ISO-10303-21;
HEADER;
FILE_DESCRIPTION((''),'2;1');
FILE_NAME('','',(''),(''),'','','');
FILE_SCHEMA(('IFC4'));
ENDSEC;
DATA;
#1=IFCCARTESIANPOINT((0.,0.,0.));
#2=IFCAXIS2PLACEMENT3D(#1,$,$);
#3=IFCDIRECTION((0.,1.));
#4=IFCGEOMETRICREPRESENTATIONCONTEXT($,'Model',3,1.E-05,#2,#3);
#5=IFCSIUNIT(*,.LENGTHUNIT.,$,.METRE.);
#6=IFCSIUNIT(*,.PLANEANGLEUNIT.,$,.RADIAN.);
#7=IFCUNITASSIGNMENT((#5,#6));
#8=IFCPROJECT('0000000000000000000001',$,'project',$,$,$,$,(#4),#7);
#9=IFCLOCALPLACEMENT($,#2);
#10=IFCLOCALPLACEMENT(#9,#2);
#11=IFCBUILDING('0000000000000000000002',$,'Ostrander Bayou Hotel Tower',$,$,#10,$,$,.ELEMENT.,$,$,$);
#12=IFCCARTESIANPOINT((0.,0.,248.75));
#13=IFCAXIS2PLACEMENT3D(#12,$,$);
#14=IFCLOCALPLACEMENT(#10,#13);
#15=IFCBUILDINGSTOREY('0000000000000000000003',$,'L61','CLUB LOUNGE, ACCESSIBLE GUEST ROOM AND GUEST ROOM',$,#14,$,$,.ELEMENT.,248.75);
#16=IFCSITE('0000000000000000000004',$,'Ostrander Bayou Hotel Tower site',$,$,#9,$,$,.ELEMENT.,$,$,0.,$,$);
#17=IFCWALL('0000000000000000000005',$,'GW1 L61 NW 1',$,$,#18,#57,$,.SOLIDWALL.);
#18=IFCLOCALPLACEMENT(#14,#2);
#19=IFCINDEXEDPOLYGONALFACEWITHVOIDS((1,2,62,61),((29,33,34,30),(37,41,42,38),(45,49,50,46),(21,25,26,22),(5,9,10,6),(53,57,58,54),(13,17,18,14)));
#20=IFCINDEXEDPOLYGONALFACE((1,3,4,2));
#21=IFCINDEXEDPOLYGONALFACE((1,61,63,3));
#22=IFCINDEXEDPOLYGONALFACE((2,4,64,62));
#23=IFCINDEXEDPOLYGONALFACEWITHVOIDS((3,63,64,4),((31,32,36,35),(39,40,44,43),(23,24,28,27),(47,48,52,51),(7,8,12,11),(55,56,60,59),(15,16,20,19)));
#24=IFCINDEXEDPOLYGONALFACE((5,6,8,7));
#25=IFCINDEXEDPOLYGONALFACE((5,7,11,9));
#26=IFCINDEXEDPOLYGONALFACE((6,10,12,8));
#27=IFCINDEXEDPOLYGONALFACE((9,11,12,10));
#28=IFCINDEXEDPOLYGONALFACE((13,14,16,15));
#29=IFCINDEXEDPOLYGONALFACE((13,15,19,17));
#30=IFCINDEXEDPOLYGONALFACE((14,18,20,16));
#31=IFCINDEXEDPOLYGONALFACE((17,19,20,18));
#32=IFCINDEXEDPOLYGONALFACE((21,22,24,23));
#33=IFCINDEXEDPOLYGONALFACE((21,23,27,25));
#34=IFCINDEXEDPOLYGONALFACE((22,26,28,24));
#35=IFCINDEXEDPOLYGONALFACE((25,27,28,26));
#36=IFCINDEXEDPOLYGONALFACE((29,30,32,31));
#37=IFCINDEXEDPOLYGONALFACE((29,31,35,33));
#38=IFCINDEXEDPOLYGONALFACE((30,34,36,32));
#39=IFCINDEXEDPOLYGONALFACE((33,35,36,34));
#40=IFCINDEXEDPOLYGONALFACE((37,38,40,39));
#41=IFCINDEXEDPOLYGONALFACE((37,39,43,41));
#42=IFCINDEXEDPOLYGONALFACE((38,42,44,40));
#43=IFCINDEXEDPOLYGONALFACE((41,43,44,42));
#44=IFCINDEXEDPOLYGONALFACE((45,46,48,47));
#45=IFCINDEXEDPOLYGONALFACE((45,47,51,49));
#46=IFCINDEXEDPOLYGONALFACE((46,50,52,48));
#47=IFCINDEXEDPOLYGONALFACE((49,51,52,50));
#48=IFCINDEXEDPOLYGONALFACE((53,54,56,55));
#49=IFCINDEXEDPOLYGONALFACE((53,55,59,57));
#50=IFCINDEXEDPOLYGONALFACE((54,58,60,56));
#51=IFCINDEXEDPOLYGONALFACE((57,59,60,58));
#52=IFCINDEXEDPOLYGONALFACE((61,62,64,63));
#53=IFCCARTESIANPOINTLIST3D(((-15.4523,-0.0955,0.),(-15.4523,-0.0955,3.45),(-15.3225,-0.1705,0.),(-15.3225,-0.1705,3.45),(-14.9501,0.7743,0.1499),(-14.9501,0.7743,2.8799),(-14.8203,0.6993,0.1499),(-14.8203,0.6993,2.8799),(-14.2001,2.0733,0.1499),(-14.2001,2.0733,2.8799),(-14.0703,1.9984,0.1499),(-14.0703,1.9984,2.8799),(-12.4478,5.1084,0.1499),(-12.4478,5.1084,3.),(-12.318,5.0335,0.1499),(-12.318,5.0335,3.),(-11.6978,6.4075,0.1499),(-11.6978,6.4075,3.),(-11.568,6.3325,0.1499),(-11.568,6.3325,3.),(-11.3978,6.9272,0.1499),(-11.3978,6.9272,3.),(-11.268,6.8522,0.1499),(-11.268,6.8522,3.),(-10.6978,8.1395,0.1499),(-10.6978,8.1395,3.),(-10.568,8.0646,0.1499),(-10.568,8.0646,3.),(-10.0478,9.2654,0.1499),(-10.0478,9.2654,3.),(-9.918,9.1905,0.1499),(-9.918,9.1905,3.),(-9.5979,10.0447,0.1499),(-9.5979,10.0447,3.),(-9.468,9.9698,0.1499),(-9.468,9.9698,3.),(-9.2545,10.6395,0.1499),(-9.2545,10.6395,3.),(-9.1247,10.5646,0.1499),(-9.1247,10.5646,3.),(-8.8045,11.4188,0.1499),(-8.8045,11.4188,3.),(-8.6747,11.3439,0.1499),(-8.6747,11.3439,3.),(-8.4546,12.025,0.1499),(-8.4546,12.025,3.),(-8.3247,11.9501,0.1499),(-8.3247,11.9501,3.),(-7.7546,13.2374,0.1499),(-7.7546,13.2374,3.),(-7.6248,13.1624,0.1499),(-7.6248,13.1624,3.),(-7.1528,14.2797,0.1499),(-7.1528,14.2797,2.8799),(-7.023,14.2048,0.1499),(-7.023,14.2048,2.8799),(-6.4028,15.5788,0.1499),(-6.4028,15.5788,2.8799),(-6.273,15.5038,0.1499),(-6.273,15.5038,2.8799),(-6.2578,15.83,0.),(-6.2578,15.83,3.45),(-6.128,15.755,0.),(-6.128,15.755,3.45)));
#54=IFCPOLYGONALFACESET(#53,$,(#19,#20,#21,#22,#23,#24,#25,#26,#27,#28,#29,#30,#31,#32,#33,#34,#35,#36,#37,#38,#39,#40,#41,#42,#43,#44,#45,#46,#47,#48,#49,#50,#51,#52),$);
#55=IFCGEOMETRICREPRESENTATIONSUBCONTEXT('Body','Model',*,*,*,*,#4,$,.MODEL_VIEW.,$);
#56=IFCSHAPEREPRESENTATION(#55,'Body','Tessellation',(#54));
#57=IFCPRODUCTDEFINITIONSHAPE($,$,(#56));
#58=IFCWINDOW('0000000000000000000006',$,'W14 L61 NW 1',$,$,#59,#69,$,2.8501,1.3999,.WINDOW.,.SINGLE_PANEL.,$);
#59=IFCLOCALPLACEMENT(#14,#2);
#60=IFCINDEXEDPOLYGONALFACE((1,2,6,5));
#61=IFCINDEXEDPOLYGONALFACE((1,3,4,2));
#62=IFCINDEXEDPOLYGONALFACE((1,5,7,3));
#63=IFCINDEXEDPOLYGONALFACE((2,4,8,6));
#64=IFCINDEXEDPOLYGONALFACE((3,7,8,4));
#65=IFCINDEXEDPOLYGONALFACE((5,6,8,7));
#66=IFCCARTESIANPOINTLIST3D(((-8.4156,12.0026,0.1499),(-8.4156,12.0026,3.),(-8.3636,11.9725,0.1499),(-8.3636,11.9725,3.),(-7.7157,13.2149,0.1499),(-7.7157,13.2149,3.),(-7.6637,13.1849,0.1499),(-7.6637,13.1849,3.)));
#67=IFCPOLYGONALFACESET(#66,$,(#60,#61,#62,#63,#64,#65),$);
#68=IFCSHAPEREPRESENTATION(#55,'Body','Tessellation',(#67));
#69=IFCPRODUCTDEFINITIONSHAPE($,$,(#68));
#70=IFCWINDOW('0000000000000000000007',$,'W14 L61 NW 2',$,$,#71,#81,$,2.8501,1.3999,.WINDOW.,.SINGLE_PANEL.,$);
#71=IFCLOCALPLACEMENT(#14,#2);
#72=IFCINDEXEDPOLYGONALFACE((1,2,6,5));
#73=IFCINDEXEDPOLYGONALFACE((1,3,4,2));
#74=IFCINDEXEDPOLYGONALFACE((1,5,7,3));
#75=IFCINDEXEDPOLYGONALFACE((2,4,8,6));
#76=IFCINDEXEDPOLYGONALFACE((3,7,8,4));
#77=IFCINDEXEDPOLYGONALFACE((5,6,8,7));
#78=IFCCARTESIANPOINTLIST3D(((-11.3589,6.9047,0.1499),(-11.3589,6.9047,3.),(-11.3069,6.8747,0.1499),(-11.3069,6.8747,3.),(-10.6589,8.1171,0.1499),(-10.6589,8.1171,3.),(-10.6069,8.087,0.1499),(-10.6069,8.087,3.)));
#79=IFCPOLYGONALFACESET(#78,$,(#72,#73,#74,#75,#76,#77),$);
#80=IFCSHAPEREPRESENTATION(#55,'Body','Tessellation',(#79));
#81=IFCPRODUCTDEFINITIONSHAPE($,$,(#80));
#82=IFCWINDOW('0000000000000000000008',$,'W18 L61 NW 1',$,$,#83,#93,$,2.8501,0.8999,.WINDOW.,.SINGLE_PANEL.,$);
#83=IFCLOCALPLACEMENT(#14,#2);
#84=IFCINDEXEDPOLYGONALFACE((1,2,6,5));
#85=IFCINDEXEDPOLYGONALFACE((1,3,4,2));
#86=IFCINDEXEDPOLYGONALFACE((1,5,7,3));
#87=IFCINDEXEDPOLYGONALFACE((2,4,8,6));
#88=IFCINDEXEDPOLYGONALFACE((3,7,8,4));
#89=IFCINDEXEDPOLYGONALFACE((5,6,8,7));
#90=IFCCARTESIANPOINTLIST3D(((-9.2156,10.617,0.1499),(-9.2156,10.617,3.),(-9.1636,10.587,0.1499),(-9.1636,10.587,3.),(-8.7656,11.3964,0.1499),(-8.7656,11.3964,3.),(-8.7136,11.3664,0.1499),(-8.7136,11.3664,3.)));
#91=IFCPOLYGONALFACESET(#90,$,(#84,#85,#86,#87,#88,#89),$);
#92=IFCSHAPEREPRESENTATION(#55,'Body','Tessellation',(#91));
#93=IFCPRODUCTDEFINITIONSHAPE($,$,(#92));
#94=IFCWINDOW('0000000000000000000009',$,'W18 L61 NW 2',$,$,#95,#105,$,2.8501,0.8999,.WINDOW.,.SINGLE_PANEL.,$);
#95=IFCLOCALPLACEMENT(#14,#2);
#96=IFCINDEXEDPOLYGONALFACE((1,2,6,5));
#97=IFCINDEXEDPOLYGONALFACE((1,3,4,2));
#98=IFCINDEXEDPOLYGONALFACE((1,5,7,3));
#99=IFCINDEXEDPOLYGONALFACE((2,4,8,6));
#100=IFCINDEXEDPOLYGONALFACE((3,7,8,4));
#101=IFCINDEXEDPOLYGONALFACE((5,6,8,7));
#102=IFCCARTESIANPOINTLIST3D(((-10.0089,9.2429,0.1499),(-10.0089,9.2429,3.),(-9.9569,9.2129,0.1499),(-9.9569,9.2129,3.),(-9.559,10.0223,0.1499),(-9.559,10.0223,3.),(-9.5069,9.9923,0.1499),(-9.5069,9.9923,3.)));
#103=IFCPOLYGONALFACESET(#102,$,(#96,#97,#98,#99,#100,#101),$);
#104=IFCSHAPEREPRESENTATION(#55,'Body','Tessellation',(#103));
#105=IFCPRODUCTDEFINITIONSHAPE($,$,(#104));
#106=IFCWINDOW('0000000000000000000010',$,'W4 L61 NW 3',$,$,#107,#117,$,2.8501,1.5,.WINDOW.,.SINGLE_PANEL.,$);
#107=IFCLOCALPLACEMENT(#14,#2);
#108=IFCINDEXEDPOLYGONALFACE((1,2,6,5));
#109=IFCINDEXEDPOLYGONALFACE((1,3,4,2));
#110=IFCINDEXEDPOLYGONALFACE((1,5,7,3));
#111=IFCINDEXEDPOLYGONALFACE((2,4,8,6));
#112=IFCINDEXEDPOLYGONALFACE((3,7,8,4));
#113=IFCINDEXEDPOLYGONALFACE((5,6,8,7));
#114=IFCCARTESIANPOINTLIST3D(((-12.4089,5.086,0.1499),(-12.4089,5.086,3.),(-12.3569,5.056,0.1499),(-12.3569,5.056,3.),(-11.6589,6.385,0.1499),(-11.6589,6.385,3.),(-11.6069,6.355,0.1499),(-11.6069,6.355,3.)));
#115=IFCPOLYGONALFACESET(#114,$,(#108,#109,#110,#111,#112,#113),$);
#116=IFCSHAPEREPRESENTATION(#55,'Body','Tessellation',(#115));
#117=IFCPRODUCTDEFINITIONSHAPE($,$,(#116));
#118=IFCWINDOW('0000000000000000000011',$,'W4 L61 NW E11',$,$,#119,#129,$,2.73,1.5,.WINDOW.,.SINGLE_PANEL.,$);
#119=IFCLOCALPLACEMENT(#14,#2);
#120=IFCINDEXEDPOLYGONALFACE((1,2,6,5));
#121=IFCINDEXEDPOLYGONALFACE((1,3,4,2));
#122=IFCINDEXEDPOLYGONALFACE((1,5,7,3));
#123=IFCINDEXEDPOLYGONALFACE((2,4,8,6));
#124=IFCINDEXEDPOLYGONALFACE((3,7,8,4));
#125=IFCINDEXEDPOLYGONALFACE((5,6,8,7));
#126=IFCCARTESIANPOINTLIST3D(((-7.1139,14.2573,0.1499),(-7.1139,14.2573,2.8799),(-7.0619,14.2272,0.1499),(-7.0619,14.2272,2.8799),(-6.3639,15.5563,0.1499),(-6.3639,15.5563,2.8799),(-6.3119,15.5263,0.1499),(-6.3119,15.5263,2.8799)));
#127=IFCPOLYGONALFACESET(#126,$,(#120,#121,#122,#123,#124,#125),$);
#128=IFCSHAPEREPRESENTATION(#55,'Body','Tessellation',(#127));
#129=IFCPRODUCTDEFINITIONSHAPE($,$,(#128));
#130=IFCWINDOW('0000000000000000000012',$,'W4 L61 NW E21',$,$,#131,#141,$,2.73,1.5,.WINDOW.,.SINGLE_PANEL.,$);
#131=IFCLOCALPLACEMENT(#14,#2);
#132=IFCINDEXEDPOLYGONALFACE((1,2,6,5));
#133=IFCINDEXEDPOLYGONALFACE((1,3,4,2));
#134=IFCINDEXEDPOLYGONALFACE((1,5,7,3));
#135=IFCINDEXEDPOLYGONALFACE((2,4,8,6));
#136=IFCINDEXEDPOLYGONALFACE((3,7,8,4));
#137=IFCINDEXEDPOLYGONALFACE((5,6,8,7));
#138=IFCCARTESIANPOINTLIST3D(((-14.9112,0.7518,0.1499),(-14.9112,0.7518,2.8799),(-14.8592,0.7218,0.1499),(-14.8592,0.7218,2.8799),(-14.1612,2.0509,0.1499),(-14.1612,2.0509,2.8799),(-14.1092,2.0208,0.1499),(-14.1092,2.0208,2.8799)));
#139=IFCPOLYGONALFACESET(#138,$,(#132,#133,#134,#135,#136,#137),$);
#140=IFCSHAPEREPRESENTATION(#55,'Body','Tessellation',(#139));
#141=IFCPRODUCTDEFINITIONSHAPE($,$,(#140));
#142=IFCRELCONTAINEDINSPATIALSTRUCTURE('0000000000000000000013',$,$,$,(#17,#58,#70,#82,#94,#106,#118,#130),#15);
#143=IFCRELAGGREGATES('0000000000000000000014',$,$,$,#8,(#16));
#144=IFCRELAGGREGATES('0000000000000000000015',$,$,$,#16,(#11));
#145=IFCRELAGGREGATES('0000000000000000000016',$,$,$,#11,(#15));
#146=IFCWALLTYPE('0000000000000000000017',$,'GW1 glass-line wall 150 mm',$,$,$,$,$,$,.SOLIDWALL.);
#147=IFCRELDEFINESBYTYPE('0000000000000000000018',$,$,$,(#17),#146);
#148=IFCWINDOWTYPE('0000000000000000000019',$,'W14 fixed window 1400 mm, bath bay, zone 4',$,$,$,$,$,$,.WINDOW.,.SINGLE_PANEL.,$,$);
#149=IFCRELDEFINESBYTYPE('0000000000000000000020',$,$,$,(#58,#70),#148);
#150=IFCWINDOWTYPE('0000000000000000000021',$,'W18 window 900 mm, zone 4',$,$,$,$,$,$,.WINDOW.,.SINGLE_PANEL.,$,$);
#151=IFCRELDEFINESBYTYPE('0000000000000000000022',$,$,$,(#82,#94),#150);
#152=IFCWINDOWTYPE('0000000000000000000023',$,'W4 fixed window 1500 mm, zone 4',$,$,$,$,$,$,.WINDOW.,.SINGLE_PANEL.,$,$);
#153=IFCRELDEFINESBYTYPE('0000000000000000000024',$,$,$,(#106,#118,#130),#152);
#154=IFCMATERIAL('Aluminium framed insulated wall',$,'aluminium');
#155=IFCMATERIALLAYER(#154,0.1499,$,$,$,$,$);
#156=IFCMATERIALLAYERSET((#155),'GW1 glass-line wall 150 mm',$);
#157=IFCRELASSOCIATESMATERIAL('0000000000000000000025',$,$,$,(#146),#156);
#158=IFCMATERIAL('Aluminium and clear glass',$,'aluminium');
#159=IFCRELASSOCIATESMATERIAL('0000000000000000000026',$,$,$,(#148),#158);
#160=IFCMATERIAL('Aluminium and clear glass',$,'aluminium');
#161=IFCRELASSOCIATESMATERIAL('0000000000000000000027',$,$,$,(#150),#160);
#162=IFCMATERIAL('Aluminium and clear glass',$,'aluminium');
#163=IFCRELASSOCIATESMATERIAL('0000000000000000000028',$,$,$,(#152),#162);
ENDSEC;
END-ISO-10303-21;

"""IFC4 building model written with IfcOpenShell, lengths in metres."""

from ifc_helpers import new_model, si_unit, direction, frame, frame_2d, origin, place, context, subcontext, project, spatial, rectangle, extrude, material, layer, layer_set, type_object, element, fill, save


model = new_model("IFC4")

# Units and contexts
model_context = context("Model", 3, precision=1e-05, world=origin(), true_north=direction((0.0, 1.0)))
body_context = subcontext(model_context, "Body", "Model", "MODEL_VIEW")
ifc_project = project(units=[si_unit("LENGTHUNIT", "METRE"), si_unit("PLANEANGLEUNIT", "RADIAN")], contexts=[model_context])

# Site, building, storey
site_placement = place(None, origin())
site = spatial("IfcSite", under=ifc_project, at=site_placement, Name="Ostrander Bayou Hotel Tower site", CompositionType="ELEMENT", RefElevation=0.0)
building_placement = place(site_placement, origin())
building = spatial("IfcBuilding", under=site, at=building_placement, Name="Ostrander Bayou Hotel Tower", CompositionType="ELEMENT")
storey_placement = place(building_placement, frame((0.0, 0.0, 248.75)))
storey = spatial("IfcBuildingStorey", under=building, at=storey_placement, Name="L61", Description="CLUB LOUNGE, ACCESSIBLE GUEST ROOM AND GUEST ROOM", CompositionType="ELEMENT", Elevation=248.75)

# Wall, openings, windows
ifc_material_1 = material(Name="Aluminium framed insulated wall", Category="aluminium")
ifc_layer_1 = layer(ifc_material_1, 0.1499)
ifc_layer_set_1 = layer_set([ifc_layer_1], Name="GW1 glass-line wall 150 mm")
wall_type_1 = type_object("IfcWallType", Name="GW1 glass-line wall 150 mm", PredefinedType="SOLIDWALL", material=ifc_layer_set_1)
wall_1_placement = place(storey_placement, frame((-6.1929, 15.7925, 0.0), z_axis=(0.0, 0.0, 1.0), x_axis=(-0.499999, -0.866026, 0.0)))
wall_1 = element("IfcWall", 1, at=wall_1_placement, inside=storey, type_object=wall_type_1, Name="GW1 L61 NW 1", PredefinedType="SOLIDWALL", context=body_context, shape_type="SweptSolid", body=[
    extrude(rectangle(XDim=18.3892, YDim=0.1499, at=frame_2d((9.1946, 0.0))), origin(), (0.0, 0.0, 1.0), 3.45),
])
opening_1_placement = place(wall_1_placement, frame((5.0935, 0.0, 0.1499)))
opening_1 = element("IfcOpeningElement", 2, at=opening_1_placement, cuts=wall_1, PredefinedType="OPENING", context=body_context, shape_type="SweptSolid", body=[
    extrude(rectangle(XDim=0.8999, YDim=2.8501, at=frame_2d((0.45, 1.425))), frame((0.0, 0.075, 0.0), z_axis=(0.0, -1.0, 0.0), x_axis=(1.0, 0.0, 0.0)), (0.0, 0.0, 1.0), 0.1499),
])
opening_2_placement = place(wall_1_placement, frame((2.9937, 0.0, 0.1499)))
opening_2 = element("IfcOpeningElement", 3, at=opening_2_placement, cuts=wall_1, PredefinedType="OPENING", context=body_context, shape_type="SweptSolid", body=[
    extrude(rectangle(XDim=1.3999, YDim=2.8501, at=frame_2d((0.7, 1.425))), frame((0.0, 0.075, 0.0), z_axis=(0.0, -1.0, 0.0), x_axis=(1.0, 0.0, 0.0)), (0.0, 0.0, 1.0), 0.1499),
])
opening_3_placement = place(wall_1_placement, frame((6.6802, 0.0, 0.1499)))
opening_3 = element("IfcOpeningElement", 4, at=opening_3_placement, cuts=wall_1, PredefinedType="OPENING", context=body_context, shape_type="SweptSolid", body=[
    extrude(rectangle(XDim=0.8999, YDim=2.8501, at=frame_2d((0.45, 1.425))), frame((0.0, 0.075, 0.0), z_axis=(0.0, -1.0, 0.0), x_axis=(1.0, 0.0, 0.0)), (0.0, 0.0, 1.0), 0.1499),
])
opening_4_placement = place(wall_1_placement, frame((8.8801, 0.0, 0.1499)))
opening_4 = element("IfcOpeningElement", 5, at=opening_4_placement, cuts=wall_1, PredefinedType="OPENING", context=body_context, shape_type="SweptSolid", body=[
    extrude(rectangle(XDim=1.3999, YDim=2.8501, at=frame_2d((0.7, 1.425))), frame((0.0, 0.075, 0.0), z_axis=(0.0, -1.0, 0.0), x_axis=(1.0, 0.0, 0.0)), (0.0, 0.0, 1.0), 0.1499),
])
opening_5_placement = place(wall_1_placement, frame((10.8801, 0.0, 0.1499)))
opening_5 = element("IfcOpeningElement", 6, at=opening_5_placement, cuts=wall_1, PredefinedType="OPENING", context=body_context, shape_type="SweptSolid", body=[
    extrude(rectangle(XDim=1.5, YDim=2.8501, at=frame_2d((0.75, 1.425))), frame((0.0, 0.075, 0.0), z_axis=(0.0, -1.0, 0.0), x_axis=(1.0, 0.0, 0.0)), (0.0, 0.0, 1.0), 0.1499),
])
opening_6_placement = place(wall_1_placement, frame((0.29, 0.0, 0.1499)))
opening_6 = element("IfcOpeningElement", 7, at=opening_6_placement, cuts=wall_1, PredefinedType="OPENING", context=body_context, shape_type="SweptSolid", body=[
    extrude(rectangle(XDim=1.5, YDim=2.73, at=frame_2d((0.75, 1.365))), frame((0.0, 0.075, 0.0), z_axis=(0.0, -1.0, 0.0), x_axis=(1.0, 0.0, 0.0)), (0.0, 0.0, 1.0), 0.1499),
])
opening_7_placement = place(wall_1_placement, frame((15.8848, 0.0, 0.1499)))
opening_7 = element("IfcOpeningElement", 8, at=opening_7_placement, cuts=wall_1, PredefinedType="OPENING", context=body_context, shape_type="SweptSolid", body=[
    extrude(rectangle(XDim=1.5, YDim=2.73, at=frame_2d((0.75, 1.365))), frame((0.0, 0.075, 0.0), z_axis=(0.0, -1.0, 0.0), x_axis=(1.0, 0.0, 0.0)), (0.0, 0.0, 1.0), 0.1499),
])
ifc_material_2 = material(Name="Aluminium and clear glass", Category="aluminium")
window_type_1 = type_object("IfcWindowType", Name="W14 fixed window 1400 mm, bath bay, zone 4", PartitioningType="SINGLE_PANEL", PredefinedType="WINDOW", material=ifc_material_2)
window_1_placement = place(opening_2_placement, origin())
window_1 = element("IfcWindow", 9, at=window_1_placement, inside=storey, type_object=window_type_1, Name="W14 L61 NW 1", OverallHeight=2.8501, OverallWidth=1.3999, PartitioningType="SINGLE_PANEL", PredefinedType="WINDOW", context=body_context, shape_type="SweptSolid", body=[
    extrude(rectangle(XDim=1.3999, YDim=2.8501, at=frame_2d((0.7, 1.425))), frame((0.0, 0.03, 0.0), z_axis=(0.0, -1.0, 0.0), x_axis=(1.0, 0.0, 0.0)), (0.0, 0.0, 1.0), 0.0601),
])
fill(opening_2, window_1)
window_2_placement = place(opening_4_placement, origin())
window_2 = element("IfcWindow", 10, at=window_2_placement, inside=storey, type_object=window_type_1, Name="W14 L61 NW 2", OverallHeight=2.8501, OverallWidth=1.3999, PartitioningType="SINGLE_PANEL", PredefinedType="WINDOW", context=body_context, shape_type="SweptSolid", body=[
    extrude(rectangle(XDim=1.3999, YDim=2.8501, at=frame_2d((0.7, 1.425))), frame((0.0, 0.03, 0.0), z_axis=(0.0, -1.0, 0.0), x_axis=(1.0, 0.0, 0.0)), (0.0, 0.0, 1.0), 0.0601),
])
fill(opening_4, window_2)
ifc_material_3 = material(Name="Aluminium and clear glass", Category="aluminium")
window_type_2 = type_object("IfcWindowType", Name="W18 window 900 mm, zone 4", PartitioningType="SINGLE_PANEL", PredefinedType="WINDOW", material=ifc_material_3)
window_3_placement = place(opening_1_placement, origin())
window_3 = element("IfcWindow", 11, at=window_3_placement, inside=storey, type_object=window_type_2, Name="W18 L61 NW 1", OverallHeight=2.8501, OverallWidth=0.8999, PartitioningType="SINGLE_PANEL", PredefinedType="WINDOW", context=body_context, shape_type="SweptSolid", body=[
    extrude(rectangle(XDim=0.8999, YDim=2.8501, at=frame_2d((0.45, 1.425))), frame((0.0, 0.03, 0.0), z_axis=(0.0, -1.0, 0.0), x_axis=(1.0, 0.0, 0.0)), (0.0, 0.0, 1.0), 0.0601),
])
fill(opening_1, window_3)
window_4_placement = place(opening_3_placement, origin())
window_4 = element("IfcWindow", 12, at=window_4_placement, inside=storey, type_object=window_type_2, Name="W18 L61 NW 2", OverallHeight=2.8501, OverallWidth=0.8999, PartitioningType="SINGLE_PANEL", PredefinedType="WINDOW", context=body_context, shape_type="SweptSolid", body=[
    extrude(rectangle(XDim=0.8999, YDim=2.8501, at=frame_2d((0.45, 1.425))), frame((0.0, 0.03, 0.0), z_axis=(0.0, -1.0, 0.0), x_axis=(1.0, 0.0, 0.0)), (0.0, 0.0, 1.0), 0.0601),
])
fill(opening_3, window_4)
ifc_material_4 = material(Name="Aluminium and clear glass", Category="aluminium")
window_type_3 = type_object("IfcWindowType", Name="W4 fixed window 1500 mm, zone 4", PartitioningType="SINGLE_PANEL", PredefinedType="WINDOW", material=ifc_material_4)
window_5_placement = place(opening_5_placement, origin())
window_5 = element("IfcWindow", 13, at=window_5_placement, inside=storey, type_object=window_type_3, Name="W4 L61 NW 3", OverallHeight=2.8501, OverallWidth=1.5, PartitioningType="SINGLE_PANEL", PredefinedType="WINDOW", context=body_context, shape_type="SweptSolid", body=[
    extrude(rectangle(XDim=1.5, YDim=2.8501, at=frame_2d((0.75, 1.425))), frame((0.0, 0.03, 0.0), z_axis=(0.0, -1.0, 0.0), x_axis=(1.0, 0.0, 0.0)), (0.0, 0.0, 1.0), 0.0601),
])
fill(opening_5, window_5)
window_6_placement = place(opening_6_placement, origin())
window_6 = element("IfcWindow", 14, at=window_6_placement, inside=storey, type_object=window_type_3, Name="W4 L61 NW E11", OverallHeight=2.73, OverallWidth=1.5, PartitioningType="SINGLE_PANEL", PredefinedType="WINDOW", context=body_context, shape_type="SweptSolid", body=[
    extrude(rectangle(XDim=1.5, YDim=2.73, at=frame_2d((0.75, 1.365))), frame((0.0, 0.03, 0.0), z_axis=(0.0, -1.0, 0.0), x_axis=(1.0, 0.0, 0.0)), (0.0, 0.0, 1.0), 0.0601),
])
fill(opening_6, window_6)
window_7_placement = place(opening_7_placement, origin())
window_7 = element("IfcWindow", 15, at=window_7_placement, inside=storey, type_object=window_type_3, Name="W4 L61 NW E21", OverallHeight=2.73, OverallWidth=1.5, PartitioningType="SINGLE_PANEL", PredefinedType="WINDOW", context=body_context, shape_type="SweptSolid", body=[
    extrude(rectangle(XDim=1.5, YDim=2.73, at=frame_2d((0.75, 1.365))), frame((0.0, 0.03, 0.0), z_axis=(0.0, -1.0, 0.0), x_axis=(1.0, 0.0, 0.0)), (0.0, 0.0, 1.0), 0.0601),
])
fill(opening_7, window_7)

save(model, "model.ifc")
